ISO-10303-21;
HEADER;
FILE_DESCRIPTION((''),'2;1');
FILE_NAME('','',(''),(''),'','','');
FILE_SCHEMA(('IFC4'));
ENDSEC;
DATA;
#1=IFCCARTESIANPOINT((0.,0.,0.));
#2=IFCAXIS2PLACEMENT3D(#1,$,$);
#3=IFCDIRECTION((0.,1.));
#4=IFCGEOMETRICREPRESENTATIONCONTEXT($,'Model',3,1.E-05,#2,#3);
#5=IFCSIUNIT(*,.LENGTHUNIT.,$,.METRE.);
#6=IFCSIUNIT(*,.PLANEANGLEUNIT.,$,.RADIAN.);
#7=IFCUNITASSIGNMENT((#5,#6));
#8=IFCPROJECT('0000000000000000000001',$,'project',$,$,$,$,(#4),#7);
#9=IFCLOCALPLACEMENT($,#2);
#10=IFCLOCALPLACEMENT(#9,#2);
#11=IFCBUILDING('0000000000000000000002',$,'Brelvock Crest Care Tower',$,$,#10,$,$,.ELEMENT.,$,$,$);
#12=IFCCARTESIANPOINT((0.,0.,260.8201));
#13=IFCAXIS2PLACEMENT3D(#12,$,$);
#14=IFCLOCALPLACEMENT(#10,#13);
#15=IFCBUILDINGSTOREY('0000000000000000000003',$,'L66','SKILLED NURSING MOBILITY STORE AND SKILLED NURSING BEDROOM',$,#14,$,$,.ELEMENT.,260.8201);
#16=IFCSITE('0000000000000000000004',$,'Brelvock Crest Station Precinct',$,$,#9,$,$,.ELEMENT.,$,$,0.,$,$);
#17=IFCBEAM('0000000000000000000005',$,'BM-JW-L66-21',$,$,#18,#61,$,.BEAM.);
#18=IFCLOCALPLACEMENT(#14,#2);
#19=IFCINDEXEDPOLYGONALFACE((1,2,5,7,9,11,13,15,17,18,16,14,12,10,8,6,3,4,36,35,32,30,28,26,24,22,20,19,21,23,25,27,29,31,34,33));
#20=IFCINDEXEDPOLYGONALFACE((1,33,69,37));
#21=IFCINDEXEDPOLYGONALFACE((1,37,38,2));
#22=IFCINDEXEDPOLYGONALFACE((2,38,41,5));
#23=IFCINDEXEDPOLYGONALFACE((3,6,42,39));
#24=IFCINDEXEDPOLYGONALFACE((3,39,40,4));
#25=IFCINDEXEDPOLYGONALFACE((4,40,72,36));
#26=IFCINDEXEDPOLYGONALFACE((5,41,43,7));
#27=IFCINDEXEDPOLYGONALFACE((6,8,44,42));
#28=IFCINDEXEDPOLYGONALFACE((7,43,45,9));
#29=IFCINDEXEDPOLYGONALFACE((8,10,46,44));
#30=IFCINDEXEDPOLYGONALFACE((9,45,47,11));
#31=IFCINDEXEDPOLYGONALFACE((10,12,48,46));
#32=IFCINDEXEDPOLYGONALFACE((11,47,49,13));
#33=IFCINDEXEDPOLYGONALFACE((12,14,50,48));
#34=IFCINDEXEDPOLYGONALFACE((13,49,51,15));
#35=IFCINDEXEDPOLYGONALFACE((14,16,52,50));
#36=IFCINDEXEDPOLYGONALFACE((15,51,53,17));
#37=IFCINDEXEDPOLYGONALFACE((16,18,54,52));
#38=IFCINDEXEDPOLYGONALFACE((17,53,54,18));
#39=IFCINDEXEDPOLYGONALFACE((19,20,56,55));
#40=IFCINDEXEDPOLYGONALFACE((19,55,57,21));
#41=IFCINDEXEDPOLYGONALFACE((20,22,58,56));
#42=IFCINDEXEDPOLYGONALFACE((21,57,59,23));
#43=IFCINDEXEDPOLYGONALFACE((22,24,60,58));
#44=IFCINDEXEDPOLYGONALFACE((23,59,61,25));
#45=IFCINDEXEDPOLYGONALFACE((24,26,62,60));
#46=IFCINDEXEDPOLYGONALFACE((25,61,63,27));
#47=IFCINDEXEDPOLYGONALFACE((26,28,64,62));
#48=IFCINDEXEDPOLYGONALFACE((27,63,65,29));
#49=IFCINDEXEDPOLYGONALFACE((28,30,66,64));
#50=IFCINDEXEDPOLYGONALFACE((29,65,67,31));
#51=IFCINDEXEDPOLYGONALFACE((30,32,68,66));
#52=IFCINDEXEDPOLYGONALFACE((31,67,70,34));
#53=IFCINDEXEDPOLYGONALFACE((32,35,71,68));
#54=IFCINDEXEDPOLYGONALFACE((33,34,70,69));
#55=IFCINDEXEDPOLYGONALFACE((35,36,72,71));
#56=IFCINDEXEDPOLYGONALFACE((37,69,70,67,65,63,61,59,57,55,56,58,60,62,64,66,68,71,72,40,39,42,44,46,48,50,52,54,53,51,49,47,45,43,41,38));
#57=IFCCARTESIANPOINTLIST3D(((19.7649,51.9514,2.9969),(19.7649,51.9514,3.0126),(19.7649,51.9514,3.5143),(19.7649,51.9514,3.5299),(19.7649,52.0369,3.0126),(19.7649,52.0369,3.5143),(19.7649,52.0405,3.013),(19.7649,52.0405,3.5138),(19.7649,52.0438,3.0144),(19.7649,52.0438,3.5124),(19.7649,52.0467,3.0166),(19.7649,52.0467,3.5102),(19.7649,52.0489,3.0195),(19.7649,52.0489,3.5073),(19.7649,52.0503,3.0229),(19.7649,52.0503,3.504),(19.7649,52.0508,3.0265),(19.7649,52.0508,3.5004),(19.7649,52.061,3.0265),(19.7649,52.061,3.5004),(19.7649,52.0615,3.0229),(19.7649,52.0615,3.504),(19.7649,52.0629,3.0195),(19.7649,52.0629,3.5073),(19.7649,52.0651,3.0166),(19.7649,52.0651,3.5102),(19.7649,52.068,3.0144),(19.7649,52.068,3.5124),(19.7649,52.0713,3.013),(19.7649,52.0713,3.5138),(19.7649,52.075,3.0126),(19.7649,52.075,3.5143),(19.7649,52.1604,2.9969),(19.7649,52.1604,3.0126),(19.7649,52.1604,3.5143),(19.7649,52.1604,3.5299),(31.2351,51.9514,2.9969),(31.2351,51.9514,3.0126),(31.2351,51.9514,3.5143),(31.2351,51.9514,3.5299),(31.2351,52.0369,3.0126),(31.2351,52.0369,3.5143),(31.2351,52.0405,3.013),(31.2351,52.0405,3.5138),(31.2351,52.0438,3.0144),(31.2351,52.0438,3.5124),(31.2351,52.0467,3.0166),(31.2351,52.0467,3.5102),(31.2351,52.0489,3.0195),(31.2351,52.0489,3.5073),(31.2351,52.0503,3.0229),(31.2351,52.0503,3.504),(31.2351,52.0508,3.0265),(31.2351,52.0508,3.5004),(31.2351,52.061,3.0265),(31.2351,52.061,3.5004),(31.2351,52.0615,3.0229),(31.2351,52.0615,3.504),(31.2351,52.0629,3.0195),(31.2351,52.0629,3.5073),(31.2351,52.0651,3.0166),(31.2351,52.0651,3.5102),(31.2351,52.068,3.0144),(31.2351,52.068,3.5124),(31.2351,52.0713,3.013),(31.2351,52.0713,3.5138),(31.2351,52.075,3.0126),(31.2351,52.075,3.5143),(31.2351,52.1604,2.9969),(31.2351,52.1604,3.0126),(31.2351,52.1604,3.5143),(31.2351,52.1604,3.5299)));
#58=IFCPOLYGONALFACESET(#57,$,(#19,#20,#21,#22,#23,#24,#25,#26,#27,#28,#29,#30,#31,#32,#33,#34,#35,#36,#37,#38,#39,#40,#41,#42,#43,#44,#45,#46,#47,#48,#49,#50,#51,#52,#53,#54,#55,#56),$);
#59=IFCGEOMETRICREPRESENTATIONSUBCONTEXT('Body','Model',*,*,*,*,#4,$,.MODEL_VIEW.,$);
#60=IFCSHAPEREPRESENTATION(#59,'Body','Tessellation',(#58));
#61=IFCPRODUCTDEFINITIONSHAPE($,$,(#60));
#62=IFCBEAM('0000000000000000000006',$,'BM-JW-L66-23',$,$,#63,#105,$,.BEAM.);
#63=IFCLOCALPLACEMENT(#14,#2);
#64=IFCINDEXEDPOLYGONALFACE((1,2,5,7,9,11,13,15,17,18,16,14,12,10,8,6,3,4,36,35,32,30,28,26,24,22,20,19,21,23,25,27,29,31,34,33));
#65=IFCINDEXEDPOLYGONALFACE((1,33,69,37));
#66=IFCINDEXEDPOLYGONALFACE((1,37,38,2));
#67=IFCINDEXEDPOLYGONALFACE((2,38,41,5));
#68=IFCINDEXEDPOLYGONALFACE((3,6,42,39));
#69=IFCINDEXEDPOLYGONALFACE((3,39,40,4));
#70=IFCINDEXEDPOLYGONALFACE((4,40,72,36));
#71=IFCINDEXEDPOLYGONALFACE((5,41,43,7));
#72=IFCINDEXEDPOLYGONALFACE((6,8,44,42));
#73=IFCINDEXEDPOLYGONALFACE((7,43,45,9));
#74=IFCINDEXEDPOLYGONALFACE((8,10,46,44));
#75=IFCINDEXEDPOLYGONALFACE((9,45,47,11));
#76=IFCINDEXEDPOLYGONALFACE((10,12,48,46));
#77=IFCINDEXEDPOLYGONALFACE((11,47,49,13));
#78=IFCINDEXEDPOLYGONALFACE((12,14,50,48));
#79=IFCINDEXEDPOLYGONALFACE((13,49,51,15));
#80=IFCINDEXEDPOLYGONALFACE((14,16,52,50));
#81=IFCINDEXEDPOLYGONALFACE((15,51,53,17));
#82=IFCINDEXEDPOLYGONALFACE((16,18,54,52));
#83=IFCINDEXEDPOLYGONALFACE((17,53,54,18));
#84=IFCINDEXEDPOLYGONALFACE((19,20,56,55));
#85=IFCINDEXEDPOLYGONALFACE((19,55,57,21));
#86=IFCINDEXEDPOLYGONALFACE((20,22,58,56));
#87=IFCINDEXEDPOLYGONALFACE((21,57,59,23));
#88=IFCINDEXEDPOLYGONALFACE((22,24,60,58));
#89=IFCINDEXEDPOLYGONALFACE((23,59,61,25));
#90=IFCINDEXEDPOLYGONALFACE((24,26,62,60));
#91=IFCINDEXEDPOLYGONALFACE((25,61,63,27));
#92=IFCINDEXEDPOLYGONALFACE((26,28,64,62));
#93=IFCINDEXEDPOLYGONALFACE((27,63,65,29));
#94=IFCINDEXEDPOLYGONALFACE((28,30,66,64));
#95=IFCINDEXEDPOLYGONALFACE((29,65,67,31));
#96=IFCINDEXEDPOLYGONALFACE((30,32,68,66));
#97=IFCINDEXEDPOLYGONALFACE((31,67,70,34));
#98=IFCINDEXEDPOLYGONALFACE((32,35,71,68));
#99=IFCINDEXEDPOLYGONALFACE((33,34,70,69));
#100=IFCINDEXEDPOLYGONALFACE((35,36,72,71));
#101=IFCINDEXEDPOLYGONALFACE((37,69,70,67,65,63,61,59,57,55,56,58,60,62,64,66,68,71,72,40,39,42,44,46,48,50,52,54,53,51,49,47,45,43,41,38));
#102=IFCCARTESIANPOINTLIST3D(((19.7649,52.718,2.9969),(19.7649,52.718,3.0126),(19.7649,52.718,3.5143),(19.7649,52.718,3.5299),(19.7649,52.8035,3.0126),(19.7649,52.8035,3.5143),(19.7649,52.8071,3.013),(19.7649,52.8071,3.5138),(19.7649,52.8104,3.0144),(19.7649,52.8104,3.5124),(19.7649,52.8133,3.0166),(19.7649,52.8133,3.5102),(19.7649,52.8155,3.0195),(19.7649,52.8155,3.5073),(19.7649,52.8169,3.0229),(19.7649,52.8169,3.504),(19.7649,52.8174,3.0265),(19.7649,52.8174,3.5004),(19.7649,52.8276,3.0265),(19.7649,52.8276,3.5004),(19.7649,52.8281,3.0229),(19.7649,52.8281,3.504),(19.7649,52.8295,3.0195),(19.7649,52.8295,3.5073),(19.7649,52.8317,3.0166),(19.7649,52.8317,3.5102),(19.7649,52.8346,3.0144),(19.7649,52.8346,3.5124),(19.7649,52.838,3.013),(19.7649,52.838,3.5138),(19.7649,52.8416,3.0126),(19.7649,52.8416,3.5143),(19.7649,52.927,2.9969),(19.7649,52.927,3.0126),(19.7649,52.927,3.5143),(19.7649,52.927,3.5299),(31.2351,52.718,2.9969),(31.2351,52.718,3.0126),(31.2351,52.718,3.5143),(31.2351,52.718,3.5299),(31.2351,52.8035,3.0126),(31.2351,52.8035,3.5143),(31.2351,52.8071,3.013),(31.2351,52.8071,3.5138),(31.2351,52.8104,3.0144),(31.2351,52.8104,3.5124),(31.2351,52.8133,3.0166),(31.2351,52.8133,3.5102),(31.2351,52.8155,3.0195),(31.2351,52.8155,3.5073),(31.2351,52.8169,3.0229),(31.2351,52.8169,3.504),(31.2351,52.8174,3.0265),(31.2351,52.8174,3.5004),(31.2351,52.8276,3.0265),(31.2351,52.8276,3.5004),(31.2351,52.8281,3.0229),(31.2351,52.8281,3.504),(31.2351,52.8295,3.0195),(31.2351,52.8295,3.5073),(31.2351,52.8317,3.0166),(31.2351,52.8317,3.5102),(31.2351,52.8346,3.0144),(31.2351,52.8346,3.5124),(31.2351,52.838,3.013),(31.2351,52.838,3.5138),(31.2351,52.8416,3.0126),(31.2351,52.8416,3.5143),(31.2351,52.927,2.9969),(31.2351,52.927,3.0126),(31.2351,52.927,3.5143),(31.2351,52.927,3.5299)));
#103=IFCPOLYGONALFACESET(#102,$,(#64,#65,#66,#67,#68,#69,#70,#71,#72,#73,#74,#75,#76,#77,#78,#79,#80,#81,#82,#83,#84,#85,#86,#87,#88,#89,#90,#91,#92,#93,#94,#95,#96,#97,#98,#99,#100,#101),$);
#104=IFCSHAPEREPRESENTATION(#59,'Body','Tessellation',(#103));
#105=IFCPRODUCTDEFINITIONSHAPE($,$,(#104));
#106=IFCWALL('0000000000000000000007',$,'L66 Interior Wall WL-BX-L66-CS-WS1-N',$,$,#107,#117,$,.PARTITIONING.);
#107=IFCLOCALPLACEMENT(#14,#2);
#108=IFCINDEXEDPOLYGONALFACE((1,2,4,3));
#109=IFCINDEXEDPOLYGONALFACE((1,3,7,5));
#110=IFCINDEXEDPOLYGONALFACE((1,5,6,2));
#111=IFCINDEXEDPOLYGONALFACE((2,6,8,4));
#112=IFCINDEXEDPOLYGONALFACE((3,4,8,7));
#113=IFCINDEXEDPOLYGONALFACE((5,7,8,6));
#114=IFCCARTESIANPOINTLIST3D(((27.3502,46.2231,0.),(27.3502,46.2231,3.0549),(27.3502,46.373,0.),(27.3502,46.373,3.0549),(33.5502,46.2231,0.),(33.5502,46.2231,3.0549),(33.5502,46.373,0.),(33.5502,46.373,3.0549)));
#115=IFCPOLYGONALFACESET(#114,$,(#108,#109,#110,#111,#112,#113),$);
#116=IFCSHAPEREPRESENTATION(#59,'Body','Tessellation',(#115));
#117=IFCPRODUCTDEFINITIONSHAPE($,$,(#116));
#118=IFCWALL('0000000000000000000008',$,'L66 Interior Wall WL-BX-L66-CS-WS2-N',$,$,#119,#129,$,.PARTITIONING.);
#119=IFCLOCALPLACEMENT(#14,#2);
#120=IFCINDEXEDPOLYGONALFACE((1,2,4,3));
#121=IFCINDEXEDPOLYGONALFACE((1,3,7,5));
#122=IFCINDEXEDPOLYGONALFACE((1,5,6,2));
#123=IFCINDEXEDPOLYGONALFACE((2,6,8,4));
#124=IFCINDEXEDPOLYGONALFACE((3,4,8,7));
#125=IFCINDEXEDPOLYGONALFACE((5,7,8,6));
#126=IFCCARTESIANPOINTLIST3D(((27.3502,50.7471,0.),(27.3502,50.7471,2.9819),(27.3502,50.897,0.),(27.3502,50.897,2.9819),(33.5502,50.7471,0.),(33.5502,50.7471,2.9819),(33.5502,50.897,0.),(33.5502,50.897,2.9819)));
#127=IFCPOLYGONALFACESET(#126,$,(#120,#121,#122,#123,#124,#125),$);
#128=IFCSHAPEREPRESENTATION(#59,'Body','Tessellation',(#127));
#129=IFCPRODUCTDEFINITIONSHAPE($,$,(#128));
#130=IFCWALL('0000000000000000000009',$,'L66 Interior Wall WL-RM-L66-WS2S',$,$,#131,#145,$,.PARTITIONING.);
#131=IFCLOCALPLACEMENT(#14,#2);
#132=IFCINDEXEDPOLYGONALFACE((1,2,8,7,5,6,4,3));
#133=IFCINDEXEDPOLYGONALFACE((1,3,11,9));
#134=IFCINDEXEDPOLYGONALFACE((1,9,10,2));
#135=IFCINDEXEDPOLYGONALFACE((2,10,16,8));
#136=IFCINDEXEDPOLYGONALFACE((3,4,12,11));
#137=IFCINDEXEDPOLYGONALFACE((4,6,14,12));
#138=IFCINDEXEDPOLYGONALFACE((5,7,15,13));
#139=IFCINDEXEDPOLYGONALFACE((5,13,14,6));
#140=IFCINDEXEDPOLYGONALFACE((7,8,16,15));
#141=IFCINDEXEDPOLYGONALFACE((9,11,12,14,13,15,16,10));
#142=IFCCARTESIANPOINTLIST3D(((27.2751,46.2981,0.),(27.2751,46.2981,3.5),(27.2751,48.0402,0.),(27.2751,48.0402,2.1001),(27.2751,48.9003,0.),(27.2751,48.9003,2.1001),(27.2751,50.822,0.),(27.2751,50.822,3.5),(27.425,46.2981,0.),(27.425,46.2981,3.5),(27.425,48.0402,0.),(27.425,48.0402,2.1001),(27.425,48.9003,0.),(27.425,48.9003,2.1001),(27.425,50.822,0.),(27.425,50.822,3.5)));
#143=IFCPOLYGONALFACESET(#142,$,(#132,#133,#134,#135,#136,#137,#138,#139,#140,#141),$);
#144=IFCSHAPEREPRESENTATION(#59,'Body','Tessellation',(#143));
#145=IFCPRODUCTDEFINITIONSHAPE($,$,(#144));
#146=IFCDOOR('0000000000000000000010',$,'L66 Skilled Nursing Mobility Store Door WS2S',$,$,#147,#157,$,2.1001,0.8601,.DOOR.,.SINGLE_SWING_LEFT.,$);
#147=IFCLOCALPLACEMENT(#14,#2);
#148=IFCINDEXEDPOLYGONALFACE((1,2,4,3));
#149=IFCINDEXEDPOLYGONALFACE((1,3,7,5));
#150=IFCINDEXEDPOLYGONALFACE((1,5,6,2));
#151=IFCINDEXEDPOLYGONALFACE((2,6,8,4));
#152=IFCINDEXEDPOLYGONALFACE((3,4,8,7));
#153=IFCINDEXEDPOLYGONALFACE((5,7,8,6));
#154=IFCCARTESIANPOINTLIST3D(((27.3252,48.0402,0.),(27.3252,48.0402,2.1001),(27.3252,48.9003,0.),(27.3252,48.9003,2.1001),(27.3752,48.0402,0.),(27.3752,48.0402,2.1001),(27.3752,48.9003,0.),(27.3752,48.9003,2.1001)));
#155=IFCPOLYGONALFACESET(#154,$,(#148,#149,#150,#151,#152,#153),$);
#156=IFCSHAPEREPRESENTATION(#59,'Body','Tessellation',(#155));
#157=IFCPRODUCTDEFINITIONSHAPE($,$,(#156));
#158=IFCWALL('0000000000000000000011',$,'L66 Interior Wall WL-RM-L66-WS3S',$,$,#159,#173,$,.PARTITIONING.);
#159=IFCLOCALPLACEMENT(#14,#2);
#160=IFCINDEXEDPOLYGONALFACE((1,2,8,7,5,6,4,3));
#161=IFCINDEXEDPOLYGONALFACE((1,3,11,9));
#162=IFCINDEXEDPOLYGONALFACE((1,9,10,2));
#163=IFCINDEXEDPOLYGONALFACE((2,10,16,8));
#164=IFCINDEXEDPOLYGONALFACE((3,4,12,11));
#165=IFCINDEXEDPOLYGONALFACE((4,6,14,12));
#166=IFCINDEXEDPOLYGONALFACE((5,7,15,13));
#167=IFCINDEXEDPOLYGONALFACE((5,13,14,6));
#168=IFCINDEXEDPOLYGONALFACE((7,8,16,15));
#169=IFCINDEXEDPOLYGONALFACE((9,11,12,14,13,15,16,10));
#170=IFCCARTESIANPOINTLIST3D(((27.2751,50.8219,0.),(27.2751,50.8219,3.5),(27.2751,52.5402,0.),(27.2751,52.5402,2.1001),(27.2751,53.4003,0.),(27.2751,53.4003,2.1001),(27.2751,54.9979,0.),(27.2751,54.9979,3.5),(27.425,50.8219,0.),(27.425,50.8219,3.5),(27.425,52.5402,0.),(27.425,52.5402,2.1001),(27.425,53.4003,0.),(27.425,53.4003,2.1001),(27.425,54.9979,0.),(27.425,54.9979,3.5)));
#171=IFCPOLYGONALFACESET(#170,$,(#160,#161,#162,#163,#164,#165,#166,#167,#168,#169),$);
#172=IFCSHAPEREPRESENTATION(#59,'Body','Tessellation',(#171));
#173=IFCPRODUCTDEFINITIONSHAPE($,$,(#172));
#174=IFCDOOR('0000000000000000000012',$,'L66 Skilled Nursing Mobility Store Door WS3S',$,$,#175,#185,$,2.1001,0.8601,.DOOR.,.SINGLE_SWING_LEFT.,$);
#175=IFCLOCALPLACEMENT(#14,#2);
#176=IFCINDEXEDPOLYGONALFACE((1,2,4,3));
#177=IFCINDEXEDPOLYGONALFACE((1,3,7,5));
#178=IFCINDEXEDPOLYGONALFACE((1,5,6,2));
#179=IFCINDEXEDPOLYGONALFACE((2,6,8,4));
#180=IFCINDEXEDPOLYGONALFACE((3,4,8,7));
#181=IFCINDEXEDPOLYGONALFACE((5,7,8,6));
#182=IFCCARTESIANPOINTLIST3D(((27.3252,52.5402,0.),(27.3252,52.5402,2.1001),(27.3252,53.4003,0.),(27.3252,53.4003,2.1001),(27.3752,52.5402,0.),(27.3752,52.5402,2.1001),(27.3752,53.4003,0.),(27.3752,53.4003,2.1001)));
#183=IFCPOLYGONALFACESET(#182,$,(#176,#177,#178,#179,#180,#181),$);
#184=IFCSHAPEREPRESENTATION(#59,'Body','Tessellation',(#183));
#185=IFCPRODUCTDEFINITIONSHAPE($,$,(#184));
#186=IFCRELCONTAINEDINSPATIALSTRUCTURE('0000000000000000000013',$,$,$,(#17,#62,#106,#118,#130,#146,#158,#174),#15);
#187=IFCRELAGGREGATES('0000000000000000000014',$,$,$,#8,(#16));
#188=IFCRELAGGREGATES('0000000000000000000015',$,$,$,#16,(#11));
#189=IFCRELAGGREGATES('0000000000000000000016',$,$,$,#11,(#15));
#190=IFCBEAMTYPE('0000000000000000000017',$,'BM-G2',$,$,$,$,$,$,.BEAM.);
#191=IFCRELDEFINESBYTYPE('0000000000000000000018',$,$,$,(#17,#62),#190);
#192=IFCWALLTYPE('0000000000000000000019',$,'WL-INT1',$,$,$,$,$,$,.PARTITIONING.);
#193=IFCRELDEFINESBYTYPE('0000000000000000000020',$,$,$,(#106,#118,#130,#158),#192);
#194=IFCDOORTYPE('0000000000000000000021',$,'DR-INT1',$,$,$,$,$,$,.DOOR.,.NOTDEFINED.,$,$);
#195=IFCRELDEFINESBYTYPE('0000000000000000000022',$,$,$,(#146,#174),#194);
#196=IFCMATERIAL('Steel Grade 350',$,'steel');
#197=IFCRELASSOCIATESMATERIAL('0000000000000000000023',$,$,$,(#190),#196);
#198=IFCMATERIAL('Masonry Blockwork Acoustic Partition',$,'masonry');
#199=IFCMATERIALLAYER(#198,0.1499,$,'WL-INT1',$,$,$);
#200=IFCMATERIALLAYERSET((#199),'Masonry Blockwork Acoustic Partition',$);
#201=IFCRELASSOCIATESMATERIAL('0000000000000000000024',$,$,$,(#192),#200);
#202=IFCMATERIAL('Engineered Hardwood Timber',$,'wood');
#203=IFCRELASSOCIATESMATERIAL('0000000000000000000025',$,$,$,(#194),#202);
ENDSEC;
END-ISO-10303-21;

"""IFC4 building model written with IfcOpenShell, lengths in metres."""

from ifc_helpers import new_model, si_unit, direction, frame, frame_2d, origin, origin_2d, place, context, subcontext, project, spatial, rectangle, i_section, extrude, source, transform, mapped, material, layer, layer_set, material_profile, profile_set, type_object, element, fill, save


model = new_model("IFC4")

# Units and contexts
model_context = context("Model", 3, precision=1e-05, world=origin(), true_north=direction((0.0, 1.0)))
body_context = subcontext(model_context, "Body", "Model", "MODEL_VIEW")
ifc_project = project(units=[si_unit("LENGTHUNIT", "METRE"), si_unit("PLANEANGLEUNIT", "RADIAN")], contexts=[model_context])

# Site, building, storey
site_placement = place(None, origin())
site = spatial("IfcSite", under=ifc_project, at=site_placement, Name="Brelvock Crest Station Precinct", CompositionType="ELEMENT", RefElevation=0.0)
building_placement = place(site_placement, origin())
building = spatial("IfcBuilding", under=site, at=building_placement, Name="Brelvock Crest Care Tower", CompositionType="ELEMENT")
storey_placement = place(building_placement, frame((0.0, 0.0, 260.8201)))
storey = spatial("IfcBuildingStorey", under=building, at=storey_placement, Name="L66", Description="SKILLED NURSING MOBILITY STORE AND SKILLED NURSING BEDROOM", CompositionType="ELEMENT", Elevation=260.8201)

# Beams
ifc_material_1 = material(Name="Steel Grade 350", Category="steel")
ifc_material_profile_1 = material_profile(ifc_material_1, i_section(OverallWidth=0.209, OverallDepth=0.533, WebThickness=0.0103, FlangeThickness=0.0156, FilletRadius=0.0139, at=origin_2d()), Name="530UB92.4")
ifc_profile_set_1 = profile_set([ifc_material_profile_1], Name="Steel Grade 350")
beam_type_1 = type_object("IfcBeamType", Name="BM-G2", PredefinedType="BEAM", material=ifc_profile_set_1)
shared_shape_1 = source(origin(), body_context, "Body", "SweptSolid", [
    extrude(i_section(OverallWidth=0.209, OverallDepth=0.533, WebThickness=0.0103, FlangeThickness=0.0156, FilletRadius=0.0139, at=origin_2d()), origin(), (0.0, 0.0, 1.0), 11.4702),
])
for number, where, z_axis, x_axis, name in (
    (1, (19.7649, 52.0559, 3.2634), (1.0, 0.0, 0.0), (0.0, 1.0, 0.0), "BM-JW-L66-21"),
    (2, (19.7649, 52.8225, 3.2634), (1.0, 0.0, 0.0), (0.0, 1.0, 0.0), "BM-JW-L66-23"),
):
    element("IfcBeam", number, at=place(storey_placement, frame(where, z_axis=z_axis, x_axis=x_axis)), inside=storey, type_object=beam_type_1, Name=name, PredefinedType="BEAM", context=body_context, shape_type="MappedRepresentation", body=[
        mapped(shared_shape_1, transform((0.0, 0.0, 0.0), x_axis=(1.0, 0.0, 0.0), y_axis=(0.0, 1.0, 0.0), z_axis=(0.0, 0.0, 1.0), scale=1.0)),
    ])

# Walls
ifc_material_2 = material(Name="Masonry Blockwork Acoustic Partition", Category="masonry")
ifc_layer = layer(ifc_material_2, 0.1499, Name="WL-INT1")
ifc_layer_set = layer_set([ifc_layer], Name="Masonry Blockwork Acoustic Partition")
wall_type = type_object("IfcWallType", Name="WL-INT1", PredefinedType="PARTITIONING", material=ifc_layer_set)
wall_1_placement = place(storey_placement, frame((27.3501, 46.2981, 0.0), z_axis=(0.0, 0.0, 1.0), x_axis=(1.0, 0.0, 0.0)))
element("IfcWall", 3, at=wall_1_placement, inside=storey, type_object=wall_type, Name="L66 Interior Wall WL-BX-L66-CS-WS1-N", PredefinedType="PARTITIONING", context=body_context, shape_type="SweptSolid", body=[
    extrude(rectangle(XDim=6.2, YDim=0.1499, at=frame_2d((3.1001, 0.0))), origin(), (0.0, 0.0, 1.0), 3.0549),
])
wall_2_placement = place(storey_placement, frame((27.3501, 50.822, 0.0), z_axis=(0.0, 0.0, 1.0), x_axis=(1.0, 0.0, 0.0)))
element("IfcWall", 4, at=wall_2_placement, inside=storey, type_object=wall_type, Name="L66 Interior Wall WL-BX-L66-CS-WS2-N", PredefinedType="PARTITIONING", context=body_context, shape_type="SweptSolid", body=[
    extrude(rectangle(XDim=6.2, YDim=0.1499, at=frame_2d((3.1001, 0.0))), origin(), (0.0, 0.0, 1.0), 2.9819),
])

# Walls, openings, doors
wall_3_placement = place(storey_placement, frame((27.3501, 46.2981, 0.0), z_axis=(0.0, 0.0, 1.0), x_axis=(0.0, 1.0, 0.0)))
wall_3 = element("IfcWall", 5, at=wall_3_placement, inside=storey, type_object=wall_type, Name="L66 Interior Wall WL-RM-L66-WS2S", PredefinedType="PARTITIONING", context=body_context, shape_type="SweptSolid", body=[
    extrude(rectangle(XDim=4.5239, YDim=0.1499, at=frame_2d((2.262, 0.0))), origin(), (0.0, 0.0, 1.0), 3.5),
])
opening_1_placement = place(wall_3_placement, frame((1.7419, 0.0, 0.0)))
opening_1 = element("IfcOpeningElement", 6, at=opening_1_placement, cuts=wall_3, PredefinedType="OPENING", context=body_context, shape_type="SweptSolid", body=[
    extrude(rectangle(XDim=0.8601, YDim=2.1001, at=origin_2d()), frame((0.4302, 0.085, 1.05), z_axis=(0.0, -1.0, 0.0), x_axis=(1.0, 0.0, 0.0)), (0.0, 0.0, 1.0), 0.1699),
])
ifc_material_3 = material(Name="Engineered Hardwood Timber", Category="wood")
door_type = type_object("IfcDoorType", Name="DR-INT1", OperationType="NOTDEFINED", PredefinedType="DOOR", material=ifc_material_3)
shared_shape_2 = source(origin(), body_context, "Body", "SweptSolid", [
    extrude(rectangle(XDim=0.8601, YDim=2.1001, at=origin_2d()), frame((0.4302, 0.0249, 1.05), z_axis=(0.0, -1.0, 0.0), x_axis=(1.0, 0.0, 0.0)), (0.0, 0.0, 1.0), 0.05),
])
door_1_placement = place(opening_1_placement, origin())
door_1 = element("IfcDoor", 7, at=door_1_placement, inside=storey, type_object=door_type, Name="L66 Skilled Nursing Mobility Store Door WS2S", OperationType="SINGLE_SWING_LEFT", OverallHeight=2.1001, OverallWidth=0.8601, PredefinedType="DOOR", context=body_context, shape_type="MappedRepresentation", body=[
    mapped(shared_shape_2, transform((0.0, 0.0, 0.0), x_axis=(1.0, 0.0, 0.0), y_axis=(0.0, 1.0, 0.0), z_axis=(0.0, 0.0, 1.0), scale=1.0)),
])
fill(opening_1, door_1)
wall_4_placement = place(storey_placement, frame((27.3501, 50.822, 0.0), z_axis=(0.0, 0.0, 1.0), x_axis=(0.0, 1.0, 0.0)))
wall_4 = element("IfcWall", 8, at=wall_4_placement, inside=storey, type_object=wall_type, Name="L66 Interior Wall WL-RM-L66-WS3S", PredefinedType="PARTITIONING", context=body_context, shape_type="SweptSolid", body=[
    extrude(rectangle(XDim=4.176, YDim=0.1499, at=frame_2d((2.0879, 0.0))), origin(), (0.0, 0.0, 1.0), 3.5),
])
opening_2_placement = place(wall_4_placement, frame((1.718, 0.0, 0.0)))
opening_2 = element("IfcOpeningElement", 9, at=opening_2_placement, cuts=wall_4, PredefinedType="OPENING", context=body_context, shape_type="SweptSolid", body=[
    extrude(rectangle(XDim=0.8601, YDim=2.1001, at=origin_2d()), frame((0.4302, 0.085, 1.05), z_axis=(0.0, -1.0, 0.0), x_axis=(1.0, 0.0, 0.0)), (0.0, 0.0, 1.0), 0.1699),
])
door_2_placement = place(opening_2_placement, origin())
door_2 = element("IfcDoor", 10, at=door_2_placement, inside=storey, type_object=door_type, Name="L66 Skilled Nursing Mobility Store Door WS3S", OperationType="SINGLE_SWING_LEFT", OverallHeight=2.1001, OverallWidth=0.8601, PredefinedType="DOOR", context=body_context, shape_type="MappedRepresentation", body=[
    mapped(shared_shape_2, transform((0.0, 0.0, 0.0), x_axis=(1.0, 0.0, 0.0), y_axis=(0.0, 1.0, 0.0), z_axis=(0.0, 0.0, 1.0), scale=1.0)),
])
fill(opening_2, door_2)

save(model, "model.ifc")
